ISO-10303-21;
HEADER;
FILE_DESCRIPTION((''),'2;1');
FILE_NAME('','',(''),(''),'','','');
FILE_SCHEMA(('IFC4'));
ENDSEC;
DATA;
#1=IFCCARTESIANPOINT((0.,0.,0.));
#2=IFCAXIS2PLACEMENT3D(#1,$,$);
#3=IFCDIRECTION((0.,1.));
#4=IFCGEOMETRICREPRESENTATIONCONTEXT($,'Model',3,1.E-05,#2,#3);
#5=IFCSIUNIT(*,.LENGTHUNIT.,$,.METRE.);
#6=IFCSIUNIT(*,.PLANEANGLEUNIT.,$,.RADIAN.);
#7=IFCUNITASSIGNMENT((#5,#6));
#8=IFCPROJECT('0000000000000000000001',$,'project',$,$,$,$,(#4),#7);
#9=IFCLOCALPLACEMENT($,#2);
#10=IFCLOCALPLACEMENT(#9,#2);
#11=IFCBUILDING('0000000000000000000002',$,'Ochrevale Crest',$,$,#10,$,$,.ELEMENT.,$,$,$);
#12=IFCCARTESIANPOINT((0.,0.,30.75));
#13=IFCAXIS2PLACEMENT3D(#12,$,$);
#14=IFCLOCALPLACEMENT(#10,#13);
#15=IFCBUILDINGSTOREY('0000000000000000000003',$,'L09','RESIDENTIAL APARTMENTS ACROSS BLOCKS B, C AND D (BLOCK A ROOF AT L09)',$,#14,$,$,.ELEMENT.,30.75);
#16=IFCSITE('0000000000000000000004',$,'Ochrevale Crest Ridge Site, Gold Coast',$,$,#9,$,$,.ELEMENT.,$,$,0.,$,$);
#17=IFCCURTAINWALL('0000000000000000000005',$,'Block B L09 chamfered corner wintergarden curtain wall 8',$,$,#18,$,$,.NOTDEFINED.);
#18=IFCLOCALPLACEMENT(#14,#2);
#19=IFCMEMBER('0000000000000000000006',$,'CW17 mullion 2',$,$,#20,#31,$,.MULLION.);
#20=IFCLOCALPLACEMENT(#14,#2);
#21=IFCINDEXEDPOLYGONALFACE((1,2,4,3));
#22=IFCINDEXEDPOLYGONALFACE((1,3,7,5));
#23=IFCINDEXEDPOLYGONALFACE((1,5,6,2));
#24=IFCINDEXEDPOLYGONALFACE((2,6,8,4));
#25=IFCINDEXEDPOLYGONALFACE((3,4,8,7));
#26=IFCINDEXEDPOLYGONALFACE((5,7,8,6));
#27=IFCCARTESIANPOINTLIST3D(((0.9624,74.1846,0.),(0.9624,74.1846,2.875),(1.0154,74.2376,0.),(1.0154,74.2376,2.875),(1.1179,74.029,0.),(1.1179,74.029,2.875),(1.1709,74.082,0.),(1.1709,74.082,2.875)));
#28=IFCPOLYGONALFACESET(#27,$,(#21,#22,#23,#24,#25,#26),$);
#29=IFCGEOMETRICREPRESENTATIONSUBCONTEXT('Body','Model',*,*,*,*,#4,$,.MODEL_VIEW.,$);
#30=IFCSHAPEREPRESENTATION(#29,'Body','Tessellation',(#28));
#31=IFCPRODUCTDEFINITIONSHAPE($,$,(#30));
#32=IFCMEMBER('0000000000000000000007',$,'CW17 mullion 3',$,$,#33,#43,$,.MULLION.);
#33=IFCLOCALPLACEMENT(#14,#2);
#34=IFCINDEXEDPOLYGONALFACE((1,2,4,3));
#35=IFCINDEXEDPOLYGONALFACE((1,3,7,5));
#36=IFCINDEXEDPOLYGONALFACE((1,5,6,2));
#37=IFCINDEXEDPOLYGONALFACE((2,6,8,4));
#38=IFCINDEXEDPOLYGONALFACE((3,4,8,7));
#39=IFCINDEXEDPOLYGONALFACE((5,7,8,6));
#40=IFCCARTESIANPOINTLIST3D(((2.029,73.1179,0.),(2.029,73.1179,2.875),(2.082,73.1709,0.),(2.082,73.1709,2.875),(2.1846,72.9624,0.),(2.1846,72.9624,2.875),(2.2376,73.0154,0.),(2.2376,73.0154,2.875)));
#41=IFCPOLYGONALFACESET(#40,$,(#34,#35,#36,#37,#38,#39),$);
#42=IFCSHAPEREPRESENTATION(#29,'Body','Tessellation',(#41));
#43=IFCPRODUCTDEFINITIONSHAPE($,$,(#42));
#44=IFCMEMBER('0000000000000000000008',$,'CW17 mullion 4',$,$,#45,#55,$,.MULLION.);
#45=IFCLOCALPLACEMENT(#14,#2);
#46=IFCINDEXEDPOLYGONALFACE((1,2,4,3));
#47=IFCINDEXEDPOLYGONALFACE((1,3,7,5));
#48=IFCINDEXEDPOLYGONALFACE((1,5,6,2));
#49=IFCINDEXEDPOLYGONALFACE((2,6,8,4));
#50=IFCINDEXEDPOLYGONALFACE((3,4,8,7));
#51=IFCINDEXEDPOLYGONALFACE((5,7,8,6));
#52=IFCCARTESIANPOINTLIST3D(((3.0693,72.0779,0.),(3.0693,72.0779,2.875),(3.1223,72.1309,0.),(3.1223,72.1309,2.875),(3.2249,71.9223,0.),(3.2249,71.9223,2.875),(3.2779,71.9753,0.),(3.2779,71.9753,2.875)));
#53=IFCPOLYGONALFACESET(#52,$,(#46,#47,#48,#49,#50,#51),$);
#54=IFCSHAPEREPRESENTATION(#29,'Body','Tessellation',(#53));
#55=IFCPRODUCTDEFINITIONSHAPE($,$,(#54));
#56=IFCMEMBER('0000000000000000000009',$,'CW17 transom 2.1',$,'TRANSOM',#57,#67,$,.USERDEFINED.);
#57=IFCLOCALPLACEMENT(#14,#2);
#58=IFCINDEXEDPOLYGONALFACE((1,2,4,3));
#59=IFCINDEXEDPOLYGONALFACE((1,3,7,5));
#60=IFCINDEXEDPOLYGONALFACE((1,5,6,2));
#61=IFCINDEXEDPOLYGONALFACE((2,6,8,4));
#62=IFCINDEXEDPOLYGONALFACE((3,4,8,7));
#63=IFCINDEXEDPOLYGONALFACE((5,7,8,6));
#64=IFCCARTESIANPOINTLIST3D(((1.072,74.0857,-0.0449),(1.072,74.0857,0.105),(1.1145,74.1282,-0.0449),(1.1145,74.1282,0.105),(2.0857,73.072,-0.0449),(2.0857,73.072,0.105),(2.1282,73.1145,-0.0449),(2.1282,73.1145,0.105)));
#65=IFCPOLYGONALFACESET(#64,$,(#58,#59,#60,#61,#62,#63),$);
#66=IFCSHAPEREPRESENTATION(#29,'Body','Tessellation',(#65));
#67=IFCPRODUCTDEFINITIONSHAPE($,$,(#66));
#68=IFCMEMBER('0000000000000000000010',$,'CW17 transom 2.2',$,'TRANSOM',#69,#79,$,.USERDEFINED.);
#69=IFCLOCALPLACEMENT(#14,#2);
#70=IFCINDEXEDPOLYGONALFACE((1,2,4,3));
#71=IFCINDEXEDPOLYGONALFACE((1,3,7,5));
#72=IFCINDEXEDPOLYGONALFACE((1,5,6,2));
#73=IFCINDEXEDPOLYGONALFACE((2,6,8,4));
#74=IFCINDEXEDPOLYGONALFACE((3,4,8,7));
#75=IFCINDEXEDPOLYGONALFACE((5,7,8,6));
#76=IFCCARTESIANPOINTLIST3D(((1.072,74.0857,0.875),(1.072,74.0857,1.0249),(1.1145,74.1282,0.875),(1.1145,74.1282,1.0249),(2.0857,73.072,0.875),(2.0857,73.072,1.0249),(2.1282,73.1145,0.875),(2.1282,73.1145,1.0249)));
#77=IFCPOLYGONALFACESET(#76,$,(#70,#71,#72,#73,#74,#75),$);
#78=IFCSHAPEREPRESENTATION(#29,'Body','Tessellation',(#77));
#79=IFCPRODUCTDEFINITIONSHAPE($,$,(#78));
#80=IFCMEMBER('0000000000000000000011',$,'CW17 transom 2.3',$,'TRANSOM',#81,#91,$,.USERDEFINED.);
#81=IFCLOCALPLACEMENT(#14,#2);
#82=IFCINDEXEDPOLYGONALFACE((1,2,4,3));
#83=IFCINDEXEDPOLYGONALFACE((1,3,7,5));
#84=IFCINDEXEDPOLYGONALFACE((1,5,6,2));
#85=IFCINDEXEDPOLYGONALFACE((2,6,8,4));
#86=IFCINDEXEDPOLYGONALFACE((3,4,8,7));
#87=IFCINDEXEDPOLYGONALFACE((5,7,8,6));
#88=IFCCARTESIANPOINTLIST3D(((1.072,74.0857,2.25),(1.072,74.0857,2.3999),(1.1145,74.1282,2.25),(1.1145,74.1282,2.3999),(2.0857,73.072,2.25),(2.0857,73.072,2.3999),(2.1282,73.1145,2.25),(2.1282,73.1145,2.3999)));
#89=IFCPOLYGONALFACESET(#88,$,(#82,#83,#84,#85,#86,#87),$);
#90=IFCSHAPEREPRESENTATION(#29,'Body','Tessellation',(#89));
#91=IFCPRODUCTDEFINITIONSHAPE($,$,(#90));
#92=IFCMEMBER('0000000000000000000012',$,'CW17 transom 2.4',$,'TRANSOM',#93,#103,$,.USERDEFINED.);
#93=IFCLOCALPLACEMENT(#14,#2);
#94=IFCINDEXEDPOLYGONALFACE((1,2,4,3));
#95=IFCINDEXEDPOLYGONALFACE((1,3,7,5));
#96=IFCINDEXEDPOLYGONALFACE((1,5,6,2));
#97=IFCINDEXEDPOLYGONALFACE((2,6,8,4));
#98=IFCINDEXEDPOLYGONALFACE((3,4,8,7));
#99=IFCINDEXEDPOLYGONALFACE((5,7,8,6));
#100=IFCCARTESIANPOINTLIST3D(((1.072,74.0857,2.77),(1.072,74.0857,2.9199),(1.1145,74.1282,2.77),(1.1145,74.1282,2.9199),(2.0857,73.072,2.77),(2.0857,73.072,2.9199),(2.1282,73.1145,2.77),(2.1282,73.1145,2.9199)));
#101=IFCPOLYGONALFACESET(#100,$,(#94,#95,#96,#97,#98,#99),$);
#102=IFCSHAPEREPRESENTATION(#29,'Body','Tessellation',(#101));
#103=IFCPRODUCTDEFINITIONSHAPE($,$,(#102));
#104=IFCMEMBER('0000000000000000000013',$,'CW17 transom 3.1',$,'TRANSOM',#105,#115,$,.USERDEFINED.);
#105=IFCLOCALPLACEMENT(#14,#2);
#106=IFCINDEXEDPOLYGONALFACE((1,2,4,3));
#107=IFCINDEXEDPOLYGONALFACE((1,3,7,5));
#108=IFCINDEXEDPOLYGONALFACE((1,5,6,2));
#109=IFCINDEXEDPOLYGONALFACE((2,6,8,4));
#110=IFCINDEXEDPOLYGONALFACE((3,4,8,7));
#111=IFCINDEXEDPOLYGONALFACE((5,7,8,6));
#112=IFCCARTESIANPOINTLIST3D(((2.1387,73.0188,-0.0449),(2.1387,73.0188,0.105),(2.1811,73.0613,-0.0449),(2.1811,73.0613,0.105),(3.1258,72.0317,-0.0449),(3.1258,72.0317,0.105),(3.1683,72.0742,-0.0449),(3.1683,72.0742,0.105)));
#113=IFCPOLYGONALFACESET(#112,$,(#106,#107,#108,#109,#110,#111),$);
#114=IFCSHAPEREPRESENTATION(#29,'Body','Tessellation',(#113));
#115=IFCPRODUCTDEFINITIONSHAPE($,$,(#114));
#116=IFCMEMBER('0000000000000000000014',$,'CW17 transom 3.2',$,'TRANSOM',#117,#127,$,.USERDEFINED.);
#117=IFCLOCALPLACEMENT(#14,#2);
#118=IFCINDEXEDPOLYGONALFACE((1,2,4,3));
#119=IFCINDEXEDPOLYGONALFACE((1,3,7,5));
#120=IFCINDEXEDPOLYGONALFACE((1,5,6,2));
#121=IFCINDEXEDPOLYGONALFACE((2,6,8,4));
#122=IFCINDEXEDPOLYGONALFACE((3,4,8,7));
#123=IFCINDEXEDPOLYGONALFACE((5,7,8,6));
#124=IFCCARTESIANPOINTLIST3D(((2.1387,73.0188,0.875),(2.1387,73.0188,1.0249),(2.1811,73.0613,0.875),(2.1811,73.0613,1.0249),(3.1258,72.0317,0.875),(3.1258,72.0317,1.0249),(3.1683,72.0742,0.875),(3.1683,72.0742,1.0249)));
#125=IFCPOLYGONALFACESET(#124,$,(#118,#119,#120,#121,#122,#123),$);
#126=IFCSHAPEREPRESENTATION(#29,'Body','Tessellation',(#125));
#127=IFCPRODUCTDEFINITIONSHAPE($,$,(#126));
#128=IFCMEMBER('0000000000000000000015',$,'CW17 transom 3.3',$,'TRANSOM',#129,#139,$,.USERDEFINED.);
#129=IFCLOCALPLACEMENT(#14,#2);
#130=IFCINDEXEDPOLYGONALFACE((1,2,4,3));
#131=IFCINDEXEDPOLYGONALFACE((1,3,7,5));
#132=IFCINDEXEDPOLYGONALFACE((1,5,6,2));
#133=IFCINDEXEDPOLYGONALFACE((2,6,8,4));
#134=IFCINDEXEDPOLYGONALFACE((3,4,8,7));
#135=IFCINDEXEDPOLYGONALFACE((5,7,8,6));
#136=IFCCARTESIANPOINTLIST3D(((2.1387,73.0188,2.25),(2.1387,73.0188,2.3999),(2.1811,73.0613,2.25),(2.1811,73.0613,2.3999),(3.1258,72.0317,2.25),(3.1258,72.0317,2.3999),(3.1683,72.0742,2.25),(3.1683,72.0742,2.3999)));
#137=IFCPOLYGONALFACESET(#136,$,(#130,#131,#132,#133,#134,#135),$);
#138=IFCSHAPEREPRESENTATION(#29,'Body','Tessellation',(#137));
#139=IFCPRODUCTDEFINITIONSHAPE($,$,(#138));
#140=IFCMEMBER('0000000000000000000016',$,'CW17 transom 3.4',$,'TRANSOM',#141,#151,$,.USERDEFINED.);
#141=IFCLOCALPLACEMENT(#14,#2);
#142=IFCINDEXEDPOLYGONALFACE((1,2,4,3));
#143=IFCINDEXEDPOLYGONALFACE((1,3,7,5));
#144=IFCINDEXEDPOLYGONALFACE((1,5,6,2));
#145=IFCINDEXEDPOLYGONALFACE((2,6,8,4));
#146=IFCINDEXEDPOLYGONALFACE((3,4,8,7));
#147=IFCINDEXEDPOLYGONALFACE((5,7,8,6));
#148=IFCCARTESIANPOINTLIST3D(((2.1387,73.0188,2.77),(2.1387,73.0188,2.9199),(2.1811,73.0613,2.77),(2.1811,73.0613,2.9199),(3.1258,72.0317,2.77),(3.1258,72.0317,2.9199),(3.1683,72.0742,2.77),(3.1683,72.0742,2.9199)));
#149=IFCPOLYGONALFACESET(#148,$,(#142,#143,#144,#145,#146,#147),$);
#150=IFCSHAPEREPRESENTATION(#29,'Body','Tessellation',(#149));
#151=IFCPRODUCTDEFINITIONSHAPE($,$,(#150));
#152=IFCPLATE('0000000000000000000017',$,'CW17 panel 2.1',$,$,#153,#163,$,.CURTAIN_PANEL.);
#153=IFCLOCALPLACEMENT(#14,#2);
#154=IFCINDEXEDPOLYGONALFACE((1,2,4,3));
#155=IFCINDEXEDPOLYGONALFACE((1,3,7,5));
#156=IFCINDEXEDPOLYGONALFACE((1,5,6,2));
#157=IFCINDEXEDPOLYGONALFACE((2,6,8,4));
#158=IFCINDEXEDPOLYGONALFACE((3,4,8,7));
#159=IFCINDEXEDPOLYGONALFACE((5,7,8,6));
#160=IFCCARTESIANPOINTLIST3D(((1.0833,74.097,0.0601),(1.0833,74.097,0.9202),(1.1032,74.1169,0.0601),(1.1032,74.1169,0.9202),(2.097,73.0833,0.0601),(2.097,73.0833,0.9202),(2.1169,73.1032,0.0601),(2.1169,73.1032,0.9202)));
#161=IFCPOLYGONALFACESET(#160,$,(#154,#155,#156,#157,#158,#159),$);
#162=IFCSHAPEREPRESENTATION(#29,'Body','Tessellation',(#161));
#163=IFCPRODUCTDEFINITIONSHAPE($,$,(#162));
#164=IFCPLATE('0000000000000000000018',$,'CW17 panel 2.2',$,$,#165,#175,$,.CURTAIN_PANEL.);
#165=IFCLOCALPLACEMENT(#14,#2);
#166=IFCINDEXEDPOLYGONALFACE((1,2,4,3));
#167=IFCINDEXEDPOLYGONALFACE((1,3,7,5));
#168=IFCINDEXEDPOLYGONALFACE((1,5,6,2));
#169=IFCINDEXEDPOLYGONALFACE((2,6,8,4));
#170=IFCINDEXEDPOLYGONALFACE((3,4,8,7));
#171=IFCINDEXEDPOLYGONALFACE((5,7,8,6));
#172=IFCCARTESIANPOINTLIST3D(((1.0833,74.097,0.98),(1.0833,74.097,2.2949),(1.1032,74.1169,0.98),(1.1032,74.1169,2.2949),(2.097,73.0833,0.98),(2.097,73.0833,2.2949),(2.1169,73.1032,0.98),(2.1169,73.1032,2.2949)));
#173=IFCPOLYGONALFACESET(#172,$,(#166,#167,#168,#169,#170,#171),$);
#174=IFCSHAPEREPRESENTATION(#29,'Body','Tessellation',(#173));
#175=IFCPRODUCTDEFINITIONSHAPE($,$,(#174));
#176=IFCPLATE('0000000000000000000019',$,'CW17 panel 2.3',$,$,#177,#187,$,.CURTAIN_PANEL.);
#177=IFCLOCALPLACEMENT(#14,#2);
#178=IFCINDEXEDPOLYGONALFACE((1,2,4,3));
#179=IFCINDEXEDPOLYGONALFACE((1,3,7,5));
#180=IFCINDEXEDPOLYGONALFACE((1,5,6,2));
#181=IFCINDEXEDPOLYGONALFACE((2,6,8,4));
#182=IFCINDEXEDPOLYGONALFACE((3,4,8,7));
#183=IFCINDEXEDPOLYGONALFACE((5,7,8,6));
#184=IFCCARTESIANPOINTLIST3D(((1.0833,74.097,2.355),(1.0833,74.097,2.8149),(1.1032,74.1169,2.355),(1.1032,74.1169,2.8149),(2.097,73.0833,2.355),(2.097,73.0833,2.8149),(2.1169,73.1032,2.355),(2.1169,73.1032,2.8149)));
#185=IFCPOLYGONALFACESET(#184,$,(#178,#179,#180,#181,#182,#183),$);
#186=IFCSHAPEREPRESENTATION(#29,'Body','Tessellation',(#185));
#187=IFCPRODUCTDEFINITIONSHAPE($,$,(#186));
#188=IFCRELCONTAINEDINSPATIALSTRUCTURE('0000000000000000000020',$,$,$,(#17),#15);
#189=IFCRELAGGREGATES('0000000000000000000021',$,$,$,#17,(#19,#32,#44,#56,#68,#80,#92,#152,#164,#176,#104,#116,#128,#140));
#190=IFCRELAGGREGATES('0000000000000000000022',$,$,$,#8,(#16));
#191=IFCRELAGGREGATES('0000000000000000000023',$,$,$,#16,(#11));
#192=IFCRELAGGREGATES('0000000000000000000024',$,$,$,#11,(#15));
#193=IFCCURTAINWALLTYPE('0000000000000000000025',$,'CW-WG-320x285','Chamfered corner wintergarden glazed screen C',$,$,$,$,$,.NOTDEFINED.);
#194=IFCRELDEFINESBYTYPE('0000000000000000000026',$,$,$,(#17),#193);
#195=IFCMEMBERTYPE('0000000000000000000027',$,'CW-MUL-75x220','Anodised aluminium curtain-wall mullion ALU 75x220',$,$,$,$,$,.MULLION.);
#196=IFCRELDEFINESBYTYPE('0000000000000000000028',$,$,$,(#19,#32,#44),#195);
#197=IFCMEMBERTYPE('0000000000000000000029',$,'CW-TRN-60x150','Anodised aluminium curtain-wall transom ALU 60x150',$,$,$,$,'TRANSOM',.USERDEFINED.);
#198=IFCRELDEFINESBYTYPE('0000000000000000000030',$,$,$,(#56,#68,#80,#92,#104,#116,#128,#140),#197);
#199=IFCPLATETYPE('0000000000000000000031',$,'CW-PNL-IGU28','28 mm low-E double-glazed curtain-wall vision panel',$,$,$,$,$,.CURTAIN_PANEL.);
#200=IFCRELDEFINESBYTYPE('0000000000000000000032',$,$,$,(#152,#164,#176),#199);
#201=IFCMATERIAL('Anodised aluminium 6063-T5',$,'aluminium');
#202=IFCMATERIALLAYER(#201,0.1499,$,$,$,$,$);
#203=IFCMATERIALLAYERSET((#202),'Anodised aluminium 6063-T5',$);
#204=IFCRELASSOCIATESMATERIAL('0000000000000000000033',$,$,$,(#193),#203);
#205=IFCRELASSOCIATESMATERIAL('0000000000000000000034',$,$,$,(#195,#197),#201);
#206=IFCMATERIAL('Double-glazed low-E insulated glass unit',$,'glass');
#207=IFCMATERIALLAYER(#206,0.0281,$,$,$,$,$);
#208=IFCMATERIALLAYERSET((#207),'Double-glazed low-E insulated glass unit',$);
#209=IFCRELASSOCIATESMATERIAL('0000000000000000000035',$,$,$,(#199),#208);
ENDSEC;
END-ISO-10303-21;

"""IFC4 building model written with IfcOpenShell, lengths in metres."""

from ifc_helpers import new_model, si_unit, direction, frame, origin, origin_2d, place, context, subcontext, project, spatial, rectangle, extrude, material, layer, layer_set, material_profile, profile_set, type_object, element, aggregate, save


model = new_model("IFC4")

# Units and contexts
model_context = context("Model", 3, precision=1e-05, world=origin(), true_north=direction((0.0, 1.0)))
body_context = subcontext(model_context, "Body", "Model", "MODEL_VIEW")
ifc_project = project(units=[si_unit("LENGTHUNIT", "METRE"), si_unit("PLANEANGLEUNIT", "RADIAN")], contexts=[model_context])

# Site, building, storey
site_placement = place(None, origin())
site = spatial("IfcSite", under=ifc_project, at=site_placement, Name="Ochrevale Crest Ridge Site, Gold Coast", CompositionType="ELEMENT", RefElevation=0.0)
building_placement = place(site_placement, origin())
building = spatial("IfcBuilding", under=site, at=building_placement, Name="Ochrevale Crest", CompositionType="ELEMENT")
storey_placement = place(building_placement, frame((0.0, 0.0, 30.75)))
storey = spatial("IfcBuildingStorey", under=building, at=storey_placement, Name="L09", Description="RESIDENTIAL APARTMENTS ACROSS BLOCKS B, C AND D (BLOCK A ROOF AT L09)", CompositionType="ELEMENT", Elevation=30.75)

# Curtain wall, members, plates
ifc_material_1 = material(Name="Anodised aluminium 6063-T5", Category="aluminium")
ifc_layer_1 = layer(ifc_material_1, 0.1499)
ifc_layer_set_1 = layer_set([ifc_layer_1], Name="Anodised aluminium 6063-T5")
curtain_wall_type = type_object("IfcCurtainWallType", Name="CW-WG-320x285", Description="Chamfered corner wintergarden glazed screen C", PredefinedType="NOTDEFINED", material=ifc_layer_set_1)
curtain_wall_placement = place(storey_placement, origin())
curtain_wall = element("IfcCurtainWall", 1, at=curtain_wall_placement, inside=storey, type_object=curtain_wall_type, Name="Block B L09 chamfered corner wintergarden curtain wall 8", PredefinedType="NOTDEFINED")
ifc_material_profile_1 = material_profile(ifc_material_1, rectangle(XDim=0.075, YDim=0.22, at=origin_2d()), Name="ALU 75x220")
ifc_profile_set_1 = profile_set([ifc_material_profile_1], Name="Anodised aluminium 6063-T5")
member_type_1 = type_object("IfcMemberType", Name="CW-MUL-75x220", Description="Anodised aluminium curtain-wall mullion ALU 75x220", PredefinedType="MULLION", material=ifc_profile_set_1)
member_1_placement = place(storey_placement, frame((1.0667, 74.1333, 0.0), z_axis=(0.0, 0.0, 1.0), x_axis=(0.707107, 0.707107, 0.0)))
member_1 = element("IfcMember", 2, at=member_1_placement, type_object=member_type_1, Name="CW17 mullion 2", PredefinedType="MULLION", context=body_context, shape_type="SweptSolid", body=[
    extrude(rectangle(XDim=0.075, YDim=0.22, at=origin_2d()), origin(), (0.0, 0.0, 1.0), 2.875),
])
member_2_placement = place(storey_placement, frame((2.1333, 73.0667, 0.0), z_axis=(0.0, 0.0, 1.0), x_axis=(0.707107, 0.707107, 0.0)))
member_2 = element("IfcMember", 3, at=member_2_placement, type_object=member_type_1, Name="CW17 mullion 3", PredefinedType="MULLION", context=body_context, shape_type="SweptSolid", body=[
    extrude(rectangle(XDim=0.075, YDim=0.22, at=origin_2d()), origin(), (0.0, 0.0, 1.0), 2.875),
])
member_3_placement = place(storey_placement, frame((3.1736, 72.0266, 0.0), z_axis=(0.0, 0.0, 1.0), x_axis=(0.707107, 0.707107, 0.0)))
member_3 = element("IfcMember", 4, at=member_3_placement, type_object=member_type_1, Name="CW17 mullion 4", PredefinedType="MULLION", context=body_context, shape_type="SweptSolid", body=[
    extrude(rectangle(XDim=0.075, YDim=0.22, at=origin_2d()), origin(), (0.0, 0.0, 1.0), 2.875),
])
ifc_material_profile_2 = material_profile(ifc_material_1, rectangle(XDim=0.0601, YDim=0.1499, at=origin_2d()), Name="ALU 60x150")
ifc_profile_set_2 = profile_set([ifc_material_profile_2], Name="Anodised aluminium 6063-T5")
member_type_2 = type_object("IfcMemberType", Name="CW-TRN-60x150", Description="Anodised aluminium curtain-wall transom ALU 60x150", ElementType="TRANSOM", PredefinedType="USERDEFINED", material=ifc_profile_set_2)
member_4_placement = place(storey_placement, frame((1.0933, 74.1069, 0.03), z_axis=(0.707107, -0.707107, 0.0), x_axis=(0.707107, 0.707107, 0.0)))
member_4 = element("IfcMember", 5, at=member_4_placement, type_object=member_type_2, Name="CW17 transom 2.1", ObjectType="TRANSOM", PredefinedType="USERDEFINED", context=body_context, shape_type="SweptSolid", body=[
    extrude(rectangle(XDim=0.0601, YDim=0.1499, at=origin_2d()), origin(), (0.0, 0.0, 1.0), 1.4336),
])
member_5_placement = place(storey_placement, frame((1.0933, 74.1069, 0.95), z_axis=(0.707107, -0.707107, 0.0), x_axis=(0.707107, 0.707107, 0.0)))
member_5 = element("IfcMember", 6, at=member_5_placement, type_object=member_type_2, Name="CW17 transom 2.2", ObjectType="TRANSOM", PredefinedType="USERDEFINED", context=body_context, shape_type="SweptSolid", body=[
    extrude(rectangle(XDim=0.0601, YDim=0.1499, at=origin_2d()), origin(), (0.0, 0.0, 1.0), 1.4336),
])
member_6_placement = place(storey_placement, frame((1.0933, 74.1069, 2.325), z_axis=(0.707107, -0.707107, 0.0), x_axis=(0.707107, 0.707107, 0.0)))
member_6 = element("IfcMember", 7, at=member_6_placement, type_object=member_type_2, Name="CW17 transom 2.3", ObjectType="TRANSOM", PredefinedType="USERDEFINED", context=body_context, shape_type="SweptSolid", body=[
    extrude(rectangle(XDim=0.0601, YDim=0.1499, at=origin_2d()), origin(), (0.0, 0.0, 1.0), 1.4336),
])
member_7_placement = place(storey_placement, frame((1.0933, 74.1069, 2.845), z_axis=(0.707107, -0.707107, 0.0), x_axis=(0.707107, 0.707107, 0.0)))
member_7 = element("IfcMember", 8, at=member_7_placement, type_object=member_type_2, Name="CW17 transom 2.4", ObjectType="TRANSOM", PredefinedType="USERDEFINED", context=body_context, shape_type="SweptSolid", body=[
    extrude(rectangle(XDim=0.0601, YDim=0.1499, at=origin_2d()), origin(), (0.0, 0.0, 1.0), 1.4336),
])
member_8_placement = place(storey_placement, frame((2.1599, 73.04, 0.03), z_axis=(0.707107, -0.707107, 0.0), x_axis=(0.707107, 0.707107, 0.0)))
member_8 = element("IfcMember", 9, at=member_8_placement, type_object=member_type_2, Name="CW17 transom 3.1", ObjectType="TRANSOM", PredefinedType="USERDEFINED", context=body_context, shape_type="SweptSolid", body=[
    extrude(rectangle(XDim=0.0601, YDim=0.1499, at=origin_2d()), origin(), (0.0, 0.0, 1.0), 1.396),
])
member_9_placement = place(storey_placement, frame((2.1599, 73.04, 0.95), z_axis=(0.707107, -0.707107, 0.0), x_axis=(0.707107, 0.707107, 0.0)))
member_9 = element("IfcMember", 10, at=member_9_placement, type_object=member_type_2, Name="CW17 transom 3.2", ObjectType="TRANSOM", PredefinedType="USERDEFINED", context=body_context, shape_type="SweptSolid", body=[
    extrude(rectangle(XDim=0.0601, YDim=0.1499, at=origin_2d()), origin(), (0.0, 0.0, 1.0), 1.396),
])
member_10_placement = place(storey_placement, frame((2.1599, 73.04, 2.325), z_axis=(0.707107, -0.707107, 0.0), x_axis=(0.707107, 0.707107, 0.0)))
member_10 = element("IfcMember", 11, at=member_10_placement, type_object=member_type_2, Name="CW17 transom 3.3", ObjectType="TRANSOM", PredefinedType="USERDEFINED", context=body_context, shape_type="SweptSolid", body=[
    extrude(rectangle(XDim=0.0601, YDim=0.1499, at=origin_2d()), origin(), (0.0, 0.0, 1.0), 1.396),
])
member_11_placement = place(storey_placement, frame((2.1599, 73.04, 2.845), z_axis=(0.707107, -0.707107, 0.0), x_axis=(0.707107, 0.707107, 0.0)))
member_11 = element("IfcMember", 12, at=member_11_placement, type_object=member_type_2, Name="CW17 transom 3.4", ObjectType="TRANSOM", PredefinedType="USERDEFINED", context=body_context, shape_type="SweptSolid", body=[
    extrude(rectangle(XDim=0.0601, YDim=0.1499, at=origin_2d()), origin(), (0.0, 0.0, 1.0), 1.396),
])
ifc_material_2 = material(Name="Double-glazed low-E insulated glass unit", Category="glass")
ifc_layer_2 = layer(ifc_material_2, 0.0281)
ifc_layer_set_2 = layer_set([ifc_layer_2], Name="Double-glazed low-E insulated glass unit")
plate_type = type_object("IfcPlateType", Name="CW-PNL-IGU28", Description="28 mm low-E double-glazed curtain-wall vision panel", PredefinedType="CURTAIN_PANEL", material=ifc_layer_set_2)
plate_1_placement = place(storey_placement, frame((1.6001, 73.6001, 0.0601), z_axis=(0.0, 0.0, 1.0), x_axis=(0.707107, -0.707107, 0.0)))
plate_1 = element("IfcPlate", 13, at=plate_1_placement, type_object=plate_type, Name="CW17 panel 2.1", PredefinedType="CURTAIN_PANEL", context=body_context, shape_type="SweptSolid", body=[
    extrude(rectangle(XDim=1.4336, YDim=0.0281, at=origin_2d()), origin(), (0.0, 0.0, 1.0), 0.8601),
])
plate_2_placement = place(storey_placement, frame((1.6001, 73.6001, 0.98), z_axis=(0.0, 0.0, 1.0), x_axis=(0.707107, -0.707107, 0.0)))
plate_2 = element("IfcPlate", 14, at=plate_2_placement, type_object=plate_type, Name="CW17 panel 2.2", PredefinedType="CURTAIN_PANEL", context=body_context, shape_type="SweptSolid", body=[
    extrude(rectangle(XDim=1.4336, YDim=0.0281, at=origin_2d()), origin(), (0.0, 0.0, 1.0), 1.3149),
])
plate_3_placement = place(storey_placement, frame((1.6001, 73.6001, 2.355), z_axis=(0.0, 0.0, 1.0), x_axis=(0.707107, -0.707107, 0.0)))
plate_3 = element("IfcPlate", 15, at=plate_3_placement, type_object=plate_type, Name="CW17 panel 2.3", PredefinedType="CURTAIN_PANEL", context=body_context, shape_type="SweptSolid", body=[
    extrude(rectangle(XDim=1.4336, YDim=0.0281, at=origin_2d()), origin(), (0.0, 0.0, 1.0), 0.46),
])
aggregate(curtain_wall, [member_1, member_2, member_3, member_4, member_5, member_6, member_7, plate_1, plate_2, plate_3, member_8, member_9, member_10, member_11])

save(model, "model.ifc")
